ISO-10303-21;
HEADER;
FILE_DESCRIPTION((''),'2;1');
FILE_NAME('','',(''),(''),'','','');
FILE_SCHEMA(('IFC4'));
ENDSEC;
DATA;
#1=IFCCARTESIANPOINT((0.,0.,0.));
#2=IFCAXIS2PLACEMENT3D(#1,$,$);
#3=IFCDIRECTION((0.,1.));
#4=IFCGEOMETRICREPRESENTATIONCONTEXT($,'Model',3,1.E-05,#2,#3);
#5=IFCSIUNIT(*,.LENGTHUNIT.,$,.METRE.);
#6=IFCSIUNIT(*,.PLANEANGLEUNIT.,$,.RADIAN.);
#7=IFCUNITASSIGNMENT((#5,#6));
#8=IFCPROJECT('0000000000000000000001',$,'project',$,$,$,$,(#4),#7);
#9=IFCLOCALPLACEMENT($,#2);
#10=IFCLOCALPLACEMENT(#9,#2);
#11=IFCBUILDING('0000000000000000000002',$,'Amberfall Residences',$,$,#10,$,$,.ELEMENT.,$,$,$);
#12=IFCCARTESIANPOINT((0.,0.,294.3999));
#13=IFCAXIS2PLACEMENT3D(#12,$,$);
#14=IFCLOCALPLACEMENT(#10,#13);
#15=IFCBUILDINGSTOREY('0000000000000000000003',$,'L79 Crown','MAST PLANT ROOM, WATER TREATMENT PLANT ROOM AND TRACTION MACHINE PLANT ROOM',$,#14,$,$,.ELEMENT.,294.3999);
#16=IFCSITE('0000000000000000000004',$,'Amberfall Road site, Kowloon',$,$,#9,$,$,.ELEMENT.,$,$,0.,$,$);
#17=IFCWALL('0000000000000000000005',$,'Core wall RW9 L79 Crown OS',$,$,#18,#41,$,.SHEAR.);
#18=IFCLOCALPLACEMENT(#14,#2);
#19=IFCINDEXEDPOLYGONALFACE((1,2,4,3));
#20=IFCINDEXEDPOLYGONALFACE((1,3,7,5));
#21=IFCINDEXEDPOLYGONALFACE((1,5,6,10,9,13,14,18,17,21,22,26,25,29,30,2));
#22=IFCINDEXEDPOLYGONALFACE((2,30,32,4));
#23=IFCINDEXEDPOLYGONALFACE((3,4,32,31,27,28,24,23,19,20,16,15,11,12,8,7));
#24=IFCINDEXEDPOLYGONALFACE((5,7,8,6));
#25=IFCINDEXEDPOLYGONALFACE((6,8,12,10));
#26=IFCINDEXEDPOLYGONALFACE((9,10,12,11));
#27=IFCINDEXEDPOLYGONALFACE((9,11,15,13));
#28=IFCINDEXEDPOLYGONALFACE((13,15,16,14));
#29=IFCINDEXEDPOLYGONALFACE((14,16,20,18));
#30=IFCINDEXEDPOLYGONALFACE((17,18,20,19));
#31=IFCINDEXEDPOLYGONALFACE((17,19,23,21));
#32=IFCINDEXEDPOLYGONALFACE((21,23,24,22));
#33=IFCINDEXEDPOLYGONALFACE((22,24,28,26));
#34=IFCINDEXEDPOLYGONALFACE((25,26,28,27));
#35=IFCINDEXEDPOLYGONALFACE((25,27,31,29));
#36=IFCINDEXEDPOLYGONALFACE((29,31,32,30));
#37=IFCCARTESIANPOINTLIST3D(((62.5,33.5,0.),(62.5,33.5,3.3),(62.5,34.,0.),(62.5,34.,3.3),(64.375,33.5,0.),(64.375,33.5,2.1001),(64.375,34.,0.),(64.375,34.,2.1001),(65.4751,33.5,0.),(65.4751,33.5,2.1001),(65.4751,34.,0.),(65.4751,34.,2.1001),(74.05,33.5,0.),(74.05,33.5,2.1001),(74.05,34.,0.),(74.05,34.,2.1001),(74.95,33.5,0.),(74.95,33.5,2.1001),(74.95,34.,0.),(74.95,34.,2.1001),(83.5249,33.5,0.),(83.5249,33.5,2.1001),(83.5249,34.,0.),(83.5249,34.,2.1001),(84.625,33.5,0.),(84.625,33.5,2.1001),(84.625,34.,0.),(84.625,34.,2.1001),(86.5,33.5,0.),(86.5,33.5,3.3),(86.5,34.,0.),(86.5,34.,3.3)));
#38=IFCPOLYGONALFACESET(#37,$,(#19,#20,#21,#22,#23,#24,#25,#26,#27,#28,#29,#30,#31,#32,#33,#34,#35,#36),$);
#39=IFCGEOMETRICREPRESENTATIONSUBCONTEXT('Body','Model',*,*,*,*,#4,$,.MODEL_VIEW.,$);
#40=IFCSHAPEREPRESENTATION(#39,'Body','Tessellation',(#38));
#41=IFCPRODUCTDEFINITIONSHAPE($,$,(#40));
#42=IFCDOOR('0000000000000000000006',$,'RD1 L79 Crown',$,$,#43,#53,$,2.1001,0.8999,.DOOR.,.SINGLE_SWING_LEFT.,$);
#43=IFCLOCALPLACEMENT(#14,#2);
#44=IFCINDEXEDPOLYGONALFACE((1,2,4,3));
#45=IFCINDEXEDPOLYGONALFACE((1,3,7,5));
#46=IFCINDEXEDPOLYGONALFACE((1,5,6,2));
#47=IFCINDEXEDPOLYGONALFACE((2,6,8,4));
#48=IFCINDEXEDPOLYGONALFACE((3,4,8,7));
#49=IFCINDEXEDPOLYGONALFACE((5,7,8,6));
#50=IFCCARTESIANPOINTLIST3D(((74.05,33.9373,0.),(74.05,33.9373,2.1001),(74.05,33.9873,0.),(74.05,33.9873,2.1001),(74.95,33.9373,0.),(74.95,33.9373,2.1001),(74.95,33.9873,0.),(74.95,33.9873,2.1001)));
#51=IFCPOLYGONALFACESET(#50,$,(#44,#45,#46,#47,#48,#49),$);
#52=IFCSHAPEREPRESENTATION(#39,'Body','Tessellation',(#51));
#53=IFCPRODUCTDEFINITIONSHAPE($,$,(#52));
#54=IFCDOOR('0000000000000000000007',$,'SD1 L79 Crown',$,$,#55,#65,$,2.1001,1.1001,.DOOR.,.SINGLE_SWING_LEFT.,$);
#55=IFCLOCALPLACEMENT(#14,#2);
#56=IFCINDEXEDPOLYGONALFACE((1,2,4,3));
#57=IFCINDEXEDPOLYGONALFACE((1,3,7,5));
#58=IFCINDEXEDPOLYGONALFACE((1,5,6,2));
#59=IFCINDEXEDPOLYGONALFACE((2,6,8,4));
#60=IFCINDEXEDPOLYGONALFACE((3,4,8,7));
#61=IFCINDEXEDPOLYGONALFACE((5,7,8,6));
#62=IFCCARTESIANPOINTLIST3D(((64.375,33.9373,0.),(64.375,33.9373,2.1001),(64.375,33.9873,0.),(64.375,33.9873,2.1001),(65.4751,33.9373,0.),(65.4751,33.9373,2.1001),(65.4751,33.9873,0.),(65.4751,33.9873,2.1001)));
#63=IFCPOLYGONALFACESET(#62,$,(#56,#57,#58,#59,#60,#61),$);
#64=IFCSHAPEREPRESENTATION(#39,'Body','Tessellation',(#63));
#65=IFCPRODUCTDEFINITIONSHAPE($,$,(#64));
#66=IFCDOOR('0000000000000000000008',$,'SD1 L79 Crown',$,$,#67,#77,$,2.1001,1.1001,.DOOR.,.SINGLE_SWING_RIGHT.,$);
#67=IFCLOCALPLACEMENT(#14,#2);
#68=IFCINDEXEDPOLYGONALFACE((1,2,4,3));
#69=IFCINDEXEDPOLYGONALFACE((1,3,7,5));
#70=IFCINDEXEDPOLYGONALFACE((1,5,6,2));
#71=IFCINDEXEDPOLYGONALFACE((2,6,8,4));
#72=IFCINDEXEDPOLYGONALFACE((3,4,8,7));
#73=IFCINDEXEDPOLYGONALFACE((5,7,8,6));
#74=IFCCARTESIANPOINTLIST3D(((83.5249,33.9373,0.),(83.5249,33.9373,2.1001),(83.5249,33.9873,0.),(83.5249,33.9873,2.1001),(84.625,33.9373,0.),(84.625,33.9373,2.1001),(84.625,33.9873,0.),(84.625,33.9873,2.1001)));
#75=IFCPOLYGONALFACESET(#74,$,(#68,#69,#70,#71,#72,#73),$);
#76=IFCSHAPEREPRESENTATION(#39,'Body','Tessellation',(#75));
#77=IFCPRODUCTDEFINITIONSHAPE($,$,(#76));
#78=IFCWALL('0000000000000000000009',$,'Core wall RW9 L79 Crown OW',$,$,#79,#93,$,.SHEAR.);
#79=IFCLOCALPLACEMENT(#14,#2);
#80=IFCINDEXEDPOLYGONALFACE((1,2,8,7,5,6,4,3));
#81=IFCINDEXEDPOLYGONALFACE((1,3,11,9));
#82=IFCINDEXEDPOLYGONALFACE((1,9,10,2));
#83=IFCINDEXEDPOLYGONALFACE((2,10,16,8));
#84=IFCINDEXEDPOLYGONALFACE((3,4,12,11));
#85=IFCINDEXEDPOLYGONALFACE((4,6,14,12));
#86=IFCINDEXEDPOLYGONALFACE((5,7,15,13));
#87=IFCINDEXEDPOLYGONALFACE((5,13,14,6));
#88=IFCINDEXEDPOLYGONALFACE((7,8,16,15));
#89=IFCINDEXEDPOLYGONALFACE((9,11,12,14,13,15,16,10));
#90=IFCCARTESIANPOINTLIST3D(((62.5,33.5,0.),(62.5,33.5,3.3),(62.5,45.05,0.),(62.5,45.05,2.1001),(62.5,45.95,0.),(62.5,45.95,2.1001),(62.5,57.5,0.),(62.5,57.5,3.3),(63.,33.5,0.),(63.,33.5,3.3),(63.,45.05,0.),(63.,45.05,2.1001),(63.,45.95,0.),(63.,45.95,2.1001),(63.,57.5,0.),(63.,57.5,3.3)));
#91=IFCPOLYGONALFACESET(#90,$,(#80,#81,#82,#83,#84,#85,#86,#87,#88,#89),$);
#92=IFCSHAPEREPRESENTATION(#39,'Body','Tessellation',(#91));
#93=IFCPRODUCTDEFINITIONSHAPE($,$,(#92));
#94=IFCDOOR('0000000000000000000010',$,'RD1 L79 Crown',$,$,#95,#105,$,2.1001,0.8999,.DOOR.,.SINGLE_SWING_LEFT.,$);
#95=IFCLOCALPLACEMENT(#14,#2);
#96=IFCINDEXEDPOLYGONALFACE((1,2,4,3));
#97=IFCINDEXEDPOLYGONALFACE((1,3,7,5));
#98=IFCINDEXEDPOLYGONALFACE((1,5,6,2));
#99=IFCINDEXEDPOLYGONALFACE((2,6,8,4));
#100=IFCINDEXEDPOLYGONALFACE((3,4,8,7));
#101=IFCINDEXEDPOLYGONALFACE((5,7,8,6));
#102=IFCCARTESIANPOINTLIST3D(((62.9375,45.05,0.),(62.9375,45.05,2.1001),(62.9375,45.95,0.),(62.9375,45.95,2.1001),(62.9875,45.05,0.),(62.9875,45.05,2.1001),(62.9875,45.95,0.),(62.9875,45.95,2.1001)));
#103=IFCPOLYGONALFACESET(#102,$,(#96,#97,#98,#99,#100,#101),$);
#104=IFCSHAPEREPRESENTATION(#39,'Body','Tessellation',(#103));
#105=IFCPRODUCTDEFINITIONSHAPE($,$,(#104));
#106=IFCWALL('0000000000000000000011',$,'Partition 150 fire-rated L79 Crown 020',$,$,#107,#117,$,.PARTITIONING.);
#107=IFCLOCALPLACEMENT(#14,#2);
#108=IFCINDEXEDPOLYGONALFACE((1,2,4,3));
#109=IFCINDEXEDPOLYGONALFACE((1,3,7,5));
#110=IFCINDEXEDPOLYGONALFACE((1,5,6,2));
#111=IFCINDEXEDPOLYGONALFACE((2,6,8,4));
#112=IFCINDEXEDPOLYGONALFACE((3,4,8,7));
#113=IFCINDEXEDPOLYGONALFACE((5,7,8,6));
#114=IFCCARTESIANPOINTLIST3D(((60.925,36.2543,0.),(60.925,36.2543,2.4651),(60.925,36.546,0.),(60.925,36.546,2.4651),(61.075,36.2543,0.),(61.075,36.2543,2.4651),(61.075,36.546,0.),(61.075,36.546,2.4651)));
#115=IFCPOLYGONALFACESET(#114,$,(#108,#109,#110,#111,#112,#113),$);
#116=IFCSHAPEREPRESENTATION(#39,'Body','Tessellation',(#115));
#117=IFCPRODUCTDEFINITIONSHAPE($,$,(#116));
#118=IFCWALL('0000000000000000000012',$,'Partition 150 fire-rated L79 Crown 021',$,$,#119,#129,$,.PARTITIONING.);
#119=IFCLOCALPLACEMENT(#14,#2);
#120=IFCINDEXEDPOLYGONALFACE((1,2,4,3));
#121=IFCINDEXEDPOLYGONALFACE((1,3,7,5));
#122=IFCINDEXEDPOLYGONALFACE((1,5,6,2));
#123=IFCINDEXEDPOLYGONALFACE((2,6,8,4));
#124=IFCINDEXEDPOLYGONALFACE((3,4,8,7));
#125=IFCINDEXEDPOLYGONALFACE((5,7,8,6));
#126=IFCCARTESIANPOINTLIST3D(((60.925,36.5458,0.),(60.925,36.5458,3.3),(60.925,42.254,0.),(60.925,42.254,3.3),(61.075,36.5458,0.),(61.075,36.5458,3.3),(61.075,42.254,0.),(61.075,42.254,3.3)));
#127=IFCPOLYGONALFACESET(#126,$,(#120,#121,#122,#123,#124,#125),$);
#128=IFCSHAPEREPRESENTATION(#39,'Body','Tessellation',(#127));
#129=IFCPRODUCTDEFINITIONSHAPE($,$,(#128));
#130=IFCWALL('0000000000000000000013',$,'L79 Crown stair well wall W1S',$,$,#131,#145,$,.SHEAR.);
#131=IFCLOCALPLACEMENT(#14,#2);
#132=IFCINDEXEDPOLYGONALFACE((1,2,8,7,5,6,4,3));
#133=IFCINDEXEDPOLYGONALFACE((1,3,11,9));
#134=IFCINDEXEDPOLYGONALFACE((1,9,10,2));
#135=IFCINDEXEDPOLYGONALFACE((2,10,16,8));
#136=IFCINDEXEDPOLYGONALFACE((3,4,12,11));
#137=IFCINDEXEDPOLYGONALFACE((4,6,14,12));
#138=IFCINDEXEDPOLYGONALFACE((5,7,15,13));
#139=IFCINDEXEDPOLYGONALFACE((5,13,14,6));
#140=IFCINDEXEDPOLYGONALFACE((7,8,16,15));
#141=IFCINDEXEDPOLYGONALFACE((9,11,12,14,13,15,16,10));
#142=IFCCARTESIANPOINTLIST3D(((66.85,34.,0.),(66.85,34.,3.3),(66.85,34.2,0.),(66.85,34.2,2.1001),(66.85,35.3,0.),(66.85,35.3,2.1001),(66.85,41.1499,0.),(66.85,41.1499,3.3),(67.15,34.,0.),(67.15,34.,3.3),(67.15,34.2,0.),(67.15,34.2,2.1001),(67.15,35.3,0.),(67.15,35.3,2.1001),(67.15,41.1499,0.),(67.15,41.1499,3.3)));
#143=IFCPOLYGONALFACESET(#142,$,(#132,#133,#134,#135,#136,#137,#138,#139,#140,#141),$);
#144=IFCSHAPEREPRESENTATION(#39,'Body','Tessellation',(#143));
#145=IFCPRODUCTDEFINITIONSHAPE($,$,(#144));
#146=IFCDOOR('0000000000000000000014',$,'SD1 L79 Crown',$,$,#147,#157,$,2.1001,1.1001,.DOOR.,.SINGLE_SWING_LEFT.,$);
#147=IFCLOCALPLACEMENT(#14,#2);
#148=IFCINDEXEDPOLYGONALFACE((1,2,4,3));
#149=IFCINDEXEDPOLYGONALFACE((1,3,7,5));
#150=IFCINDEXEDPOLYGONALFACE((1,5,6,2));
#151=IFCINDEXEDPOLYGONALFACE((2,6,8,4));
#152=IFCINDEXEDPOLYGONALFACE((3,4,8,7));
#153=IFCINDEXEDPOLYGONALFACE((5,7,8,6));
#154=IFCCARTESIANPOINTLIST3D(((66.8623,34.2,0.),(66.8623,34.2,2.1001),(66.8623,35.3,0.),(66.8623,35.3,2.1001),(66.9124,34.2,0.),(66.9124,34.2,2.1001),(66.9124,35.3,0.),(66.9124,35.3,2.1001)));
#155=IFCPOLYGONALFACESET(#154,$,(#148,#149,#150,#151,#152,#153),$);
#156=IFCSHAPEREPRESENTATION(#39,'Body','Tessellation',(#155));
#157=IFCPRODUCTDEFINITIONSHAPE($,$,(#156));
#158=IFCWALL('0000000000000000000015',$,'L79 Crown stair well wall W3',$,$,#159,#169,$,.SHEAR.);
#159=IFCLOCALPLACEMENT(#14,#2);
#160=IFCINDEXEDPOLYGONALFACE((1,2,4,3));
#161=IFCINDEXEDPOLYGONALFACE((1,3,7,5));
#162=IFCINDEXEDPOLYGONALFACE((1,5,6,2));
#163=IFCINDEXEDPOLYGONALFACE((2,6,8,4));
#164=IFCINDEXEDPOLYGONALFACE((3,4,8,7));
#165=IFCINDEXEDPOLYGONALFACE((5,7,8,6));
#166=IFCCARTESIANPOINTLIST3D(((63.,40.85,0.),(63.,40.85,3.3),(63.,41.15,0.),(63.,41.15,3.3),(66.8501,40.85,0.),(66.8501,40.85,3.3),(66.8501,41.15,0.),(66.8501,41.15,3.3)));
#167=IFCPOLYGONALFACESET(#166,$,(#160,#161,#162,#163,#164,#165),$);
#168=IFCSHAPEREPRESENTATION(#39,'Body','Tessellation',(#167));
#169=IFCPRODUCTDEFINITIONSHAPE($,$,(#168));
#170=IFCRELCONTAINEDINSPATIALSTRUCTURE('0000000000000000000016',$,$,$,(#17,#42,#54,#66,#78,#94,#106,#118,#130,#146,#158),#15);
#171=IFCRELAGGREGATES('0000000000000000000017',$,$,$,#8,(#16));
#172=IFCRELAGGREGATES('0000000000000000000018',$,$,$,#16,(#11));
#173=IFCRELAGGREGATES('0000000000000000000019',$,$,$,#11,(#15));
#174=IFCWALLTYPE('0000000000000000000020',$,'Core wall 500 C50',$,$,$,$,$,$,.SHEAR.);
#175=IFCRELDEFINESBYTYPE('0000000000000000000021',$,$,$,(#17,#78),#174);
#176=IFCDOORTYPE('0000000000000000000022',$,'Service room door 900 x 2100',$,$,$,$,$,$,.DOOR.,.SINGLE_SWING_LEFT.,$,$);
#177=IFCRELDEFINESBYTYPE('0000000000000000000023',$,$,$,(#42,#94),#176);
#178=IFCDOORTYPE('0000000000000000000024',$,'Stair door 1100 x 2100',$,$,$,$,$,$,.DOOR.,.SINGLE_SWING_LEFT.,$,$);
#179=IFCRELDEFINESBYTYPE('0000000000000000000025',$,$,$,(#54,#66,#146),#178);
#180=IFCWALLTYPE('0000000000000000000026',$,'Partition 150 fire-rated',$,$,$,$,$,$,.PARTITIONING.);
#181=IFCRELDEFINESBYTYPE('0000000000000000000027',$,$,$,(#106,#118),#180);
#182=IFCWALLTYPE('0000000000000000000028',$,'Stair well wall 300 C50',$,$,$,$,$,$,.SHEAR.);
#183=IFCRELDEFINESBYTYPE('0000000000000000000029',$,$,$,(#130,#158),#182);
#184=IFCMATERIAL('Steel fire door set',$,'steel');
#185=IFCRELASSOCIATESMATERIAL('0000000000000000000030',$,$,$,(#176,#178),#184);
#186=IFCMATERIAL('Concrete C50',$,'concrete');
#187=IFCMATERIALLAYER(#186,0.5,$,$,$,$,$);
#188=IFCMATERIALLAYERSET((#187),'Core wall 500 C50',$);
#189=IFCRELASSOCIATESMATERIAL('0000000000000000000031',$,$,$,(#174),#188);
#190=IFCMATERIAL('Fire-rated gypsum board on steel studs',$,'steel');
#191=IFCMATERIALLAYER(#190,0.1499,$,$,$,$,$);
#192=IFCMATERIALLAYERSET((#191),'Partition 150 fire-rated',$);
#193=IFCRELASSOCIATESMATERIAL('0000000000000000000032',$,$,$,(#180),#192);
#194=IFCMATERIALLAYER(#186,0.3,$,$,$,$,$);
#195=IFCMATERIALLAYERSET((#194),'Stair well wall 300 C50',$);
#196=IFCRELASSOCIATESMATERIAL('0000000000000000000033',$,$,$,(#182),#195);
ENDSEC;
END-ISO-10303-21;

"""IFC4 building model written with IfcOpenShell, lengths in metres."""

from ifc_helpers import new_model, si_unit, direction, frame, frame_2d, origin, place, context, subcontext, project, spatial, rectangle, extrude, material, layer, layer_set, type_object, element, fill, save


model = new_model("IFC4")

# Units and contexts
model_context = context("Model", 3, precision=1e-05, world=origin(), true_north=direction((0.0, 1.0)))
body_context = subcontext(model_context, "Body", "Model", "MODEL_VIEW")
ifc_project = project(units=[si_unit("LENGTHUNIT", "METRE"), si_unit("PLANEANGLEUNIT", "RADIAN")], contexts=[model_context])

# Site, building, storey
site_placement = place(None, origin())
site = spatial("IfcSite", under=ifc_project, at=site_placement, Name="Amberfall Road site, Kowloon", CompositionType="ELEMENT", RefElevation=0.0)
building_placement = place(site_placement, origin())
building = spatial("IfcBuilding", under=site, at=building_placement, Name="Amberfall Residences", CompositionType="ELEMENT")
storey_placement = place(building_placement, frame((0.0, 0.0, 294.3999)))
storey = spatial("IfcBuildingStorey", under=building, at=storey_placement, Name="L79 Crown", Description="MAST PLANT ROOM, WATER TREATMENT PLANT ROOM AND TRACTION MACHINE PLANT ROOM", CompositionType="ELEMENT", Elevation=294.3999)

# Shared definitions
ifc_material_1 = material(Name="Steel fire door set", Category="steel")
door_type_1 = type_object("IfcDoorType", Name="Service room door 900 x 2100", OperationType="SINGLE_SWING_LEFT", PredefinedType="DOOR", material=ifc_material_1)

# Wall, openings, doors
ifc_material_2 = material(Name="Concrete C50", Category="concrete")
ifc_layer_1 = layer(ifc_material_2, 0.5)
ifc_layer_set_1 = layer_set([ifc_layer_1], Name="Core wall 500 C50")
wall_type_1 = type_object("IfcWallType", Name="Core wall 500 C50", PredefinedType="SHEAR", material=ifc_layer_set_1)
wall_1_placement = place(storey_placement, frame((62.5, 33.75, 0.0), z_axis=(0.0, 0.0, 1.0), x_axis=(1.0, 0.0, 0.0)))
wall_1 = element("IfcWall", 1, at=wall_1_placement, inside=storey, type_object=wall_type_1, Name="Core wall RW9 L79 Crown OS", PredefinedType="SHEAR", context=body_context, shape_type="SweptSolid", body=[
    extrude(rectangle(XDim=24.0, YDim=0.5, at=frame_2d((12.0, 0.0))), origin(), (0.0, 0.0, 1.0), 3.3),
])
opening_1_placement = place(wall_1_placement, frame((1.875, 0.0, 0.0)))
opening_1 = element("IfcOpeningElement", 2, at=opening_1_placement, cuts=wall_1, PredefinedType="OPENING", context=body_context, shape_type="SweptSolid", body=[
    extrude(rectangle(XDim=1.1001, YDim=2.1001, at=frame_2d((0.55, 1.05))), frame((0.0, 0.26, 0.0), z_axis=(0.0, -1.0, 0.0), x_axis=(1.0, 0.0, 0.0)), (0.0, 0.0, 1.0), 0.52),
])
opening_2_placement = place(wall_1_placement, frame((21.0249, 0.0, 0.0)))
opening_2 = element("IfcOpeningElement", 3, at=opening_2_placement, cuts=wall_1, PredefinedType="OPENING", context=body_context, shape_type="SweptSolid", body=[
    extrude(rectangle(XDim=1.1001, YDim=2.1001, at=frame_2d((0.55, 1.05))), frame((0.0, 0.26, 0.0), z_axis=(0.0, -1.0, 0.0), x_axis=(1.0, 0.0, 0.0)), (0.0, 0.0, 1.0), 0.52),
])
opening_3_placement = place(wall_1_placement, frame((11.55, 0.0, 0.0)))
opening_3 = element("IfcOpeningElement", 4, at=opening_3_placement, cuts=wall_1, PredefinedType="OPENING", context=body_context, shape_type="SweptSolid", body=[
    extrude(rectangle(XDim=0.8999, YDim=2.1001, at=frame_2d((0.45, 1.05))), frame((0.0, 0.26, 0.0), z_axis=(0.0, -1.0, 0.0), x_axis=(1.0, 0.0, 0.0)), (0.0, 0.0, 1.0), 0.52),
])
door_1_placement = place(opening_3_placement, origin())
door_1 = element("IfcDoor", 5, at=door_1_placement, inside=storey, type_object=door_type_1, Name="RD1 L79 Crown", OperationType="SINGLE_SWING_LEFT", OverallHeight=2.1001, OverallWidth=0.8999, PredefinedType="DOOR", context=body_context, shape_type="SweptSolid", body=[
    extrude(rectangle(XDim=0.8999, YDim=2.1001, at=frame_2d((0.45, 1.05))), frame((0.0, 0.2373, 0.0), z_axis=(0.0, -1.0, 0.0), x_axis=(1.0, 0.0, 0.0)), (0.0, 0.0, 1.0), 0.05),
])
fill(opening_3, door_1)
door_type_2 = type_object("IfcDoorType", Name="Stair door 1100 x 2100", OperationType="SINGLE_SWING_LEFT", PredefinedType="DOOR", material=ifc_material_1)
door_2_placement = place(opening_1_placement, origin())
door_2 = element("IfcDoor", 6, at=door_2_placement, inside=storey, type_object=door_type_2, Name="SD1 L79 Crown", OperationType="SINGLE_SWING_LEFT", OverallHeight=2.1001, OverallWidth=1.1001, PredefinedType="DOOR", context=body_context, shape_type="SweptSolid", body=[
    extrude(rectangle(XDim=1.1001, YDim=2.1001, at=frame_2d((0.55, 1.05))), frame((0.0, 0.2373, 0.0), z_axis=(0.0, -1.0, 0.0), x_axis=(1.0, 0.0, 0.0)), (0.0, 0.0, 1.0), 0.05),
])
fill(opening_1, door_2)
door_3_placement = place(opening_2_placement, origin())
door_3 = element("IfcDoor", 7, at=door_3_placement, inside=storey, type_object=door_type_2, Name="SD1 L79 Crown", OperationType="SINGLE_SWING_RIGHT", OverallHeight=2.1001, OverallWidth=1.1001, PredefinedType="DOOR", context=body_context, shape_type="SweptSolid", body=[
    extrude(rectangle(XDim=1.1001, YDim=2.1001, at=frame_2d((0.55, 1.05))), frame((0.0, 0.2373, 0.0), z_axis=(0.0, -1.0, 0.0), x_axis=(1.0, 0.0, 0.0)), (0.0, 0.0, 1.0), 0.05),
])
fill(opening_2, door_3)

# Wall, opening, door
wall_2_placement = place(storey_placement, frame((62.75, 33.5, 0.0), z_axis=(0.0, 0.0, 1.0), x_axis=(0.0, 1.0, 0.0)))
wall_2 = element("IfcWall", 8, at=wall_2_placement, inside=storey, type_object=wall_type_1, Name="Core wall RW9 L79 Crown OW", PredefinedType="SHEAR", context=body_context, shape_type="SweptSolid", body=[
    extrude(rectangle(XDim=24.0, YDim=0.5, at=frame_2d((12.0, 0.0))), origin(), (0.0, 0.0, 1.0), 3.3),
])
opening_4_placement = place(wall_2_placement, frame((11.55, 0.0, 0.0)))
opening_4 = element("IfcOpeningElement", 9, at=opening_4_placement, cuts=wall_2, PredefinedType="OPENING", context=body_context, shape_type="SweptSolid", body=[
    extrude(rectangle(XDim=0.8999, YDim=2.1001, at=frame_2d((0.45, 1.05))), frame((0.0, 0.26, 0.0), z_axis=(0.0, -1.0, 0.0), x_axis=(1.0, 0.0, 0.0)), (0.0, 0.0, 1.0), 0.52),
])
door_4_placement = place(opening_4_placement, origin())
door_4 = element("IfcDoor", 10, at=door_4_placement, inside=storey, type_object=door_type_1, Name="RD1 L79 Crown", OperationType="SINGLE_SWING_LEFT", OverallHeight=2.1001, OverallWidth=0.8999, PredefinedType="DOOR", context=body_context, shape_type="SweptSolid", body=[
    extrude(rectangle(XDim=0.8999, YDim=2.1001, at=frame_2d((0.45, 1.05))), frame((0.0, -0.1875, 0.0), z_axis=(0.0, -1.0, 0.0), x_axis=(1.0, 0.0, 0.0)), (0.0, 0.0, 1.0), 0.05),
])
fill(opening_4, door_4)

# Walls
ifc_material_3 = material(Name="Fire-rated gypsum board on steel studs", Category="steel")
ifc_layer_2 = layer(ifc_material_3, 0.1499)
ifc_layer_set_2 = layer_set([ifc_layer_2], Name="Partition 150 fire-rated")
wall_type_2 = type_object("IfcWallType", Name="Partition 150 fire-rated", PredefinedType="PARTITIONING", material=ifc_layer_set_2)
wall_3_placement = place(storey_placement, frame((61.0, 36.2542, 0.0), z_axis=(0.0, 0.0, 1.0), x_axis=(0.0, 1.0, 0.0)))
element("IfcWall", 11, at=wall_3_placement, inside=storey, type_object=wall_type_2, Name="Partition 150 fire-rated L79 Crown 020", PredefinedType="PARTITIONING", context=body_context, shape_type="SweptSolid", body=[
    extrude(rectangle(XDim=0.2917, YDim=0.1499, at=frame_2d((0.146, 0.0))), origin(), (0.0, 0.0, 1.0), 2.4651),
])
wall_4_placement = place(storey_placement, frame((61.0, 36.5459, 0.0), z_axis=(0.0, 0.0, 1.0), x_axis=(0.0, 1.0, 0.0)))
element("IfcWall", 12, at=wall_4_placement, inside=storey, type_object=wall_type_2, Name="Partition 150 fire-rated L79 Crown 021", PredefinedType="PARTITIONING", context=body_context, shape_type="SweptSolid", body=[
    extrude(rectangle(XDim=5.7083, YDim=0.1499, at=frame_2d((2.854, 0.0))), origin(), (0.0, 0.0, 1.0), 3.3),
])

# Wall, opening, door
ifc_layer_3 = layer(ifc_material_2, 0.3)
ifc_layer_set_3 = layer_set([ifc_layer_3], Name="Stair well wall 300 C50")
wall_type_3 = type_object("IfcWallType", Name="Stair well wall 300 C50", PredefinedType="SHEAR", material=ifc_layer_set_3)
wall_5_placement = place(storey_placement, frame((67.0, 34.0, 0.0), z_axis=(0.0, 0.0, 1.0), x_axis=(0.0, 1.0, 0.0)))
wall_5 = element("IfcWall", 13, at=wall_5_placement, inside=storey, type_object=wall_type_3, Name="L79 Crown stair well wall W1S", PredefinedType="SHEAR", context=body_context, shape_type="SweptSolid", body=[
    extrude(rectangle(XDim=7.1499, YDim=0.3, at=frame_2d((3.575, 0.0))), origin(), (0.0, 0.0, 1.0), 3.3),
])
opening_5_placement = place(wall_5_placement, frame((0.2, 0.0, 0.0)))
opening_5 = element("IfcOpeningElement", 14, at=opening_5_placement, cuts=wall_5, PredefinedType="OPENING", context=body_context, shape_type="SweptSolid", body=[
    extrude(rectangle(XDim=1.1001, YDim=2.1001, at=frame_2d((0.55, 1.05))), frame((0.0, 0.1599, 0.0), z_axis=(0.0, -1.0, 0.0), x_axis=(1.0, 0.0, 0.0)), (0.0, 0.0, 1.0), 0.3201),
])
door_5_placement = place(opening_5_placement, origin())
door_5 = element("IfcDoor", 15, at=door_5_placement, inside=storey, type_object=door_type_2, Name="SD1 L79 Crown", OperationType="SINGLE_SWING_LEFT", OverallHeight=2.1001, OverallWidth=1.1001, PredefinedType="DOOR", context=body_context, shape_type="SweptSolid", body=[
    extrude(rectangle(XDim=1.1001, YDim=2.1001, at=frame_2d((0.55, 1.05))), frame((0.0, 0.1377, 0.0), z_axis=(0.0, -1.0, 0.0), x_axis=(1.0, 0.0, 0.0)), (0.0, 0.0, 1.0), 0.05),
])
fill(opening_5, door_5)

# Wall
wall_6_placement = place(storey_placement, frame((63.0, 41.0, 0.0), z_axis=(0.0, 0.0, 1.0), x_axis=(1.0, 0.0, 0.0)))
element("IfcWall", 16, at=wall_6_placement, inside=storey, type_object=wall_type_3, Name="L79 Crown stair well wall W3", PredefinedType="SHEAR", context=body_context, shape_type="SweptSolid", body=[
    extrude(rectangle(XDim=3.8501, YDim=0.3, at=frame_2d((1.925, 0.0))), origin(), (0.0, 0.0, 1.0), 3.3),
])

save(model, "model.ifc")
